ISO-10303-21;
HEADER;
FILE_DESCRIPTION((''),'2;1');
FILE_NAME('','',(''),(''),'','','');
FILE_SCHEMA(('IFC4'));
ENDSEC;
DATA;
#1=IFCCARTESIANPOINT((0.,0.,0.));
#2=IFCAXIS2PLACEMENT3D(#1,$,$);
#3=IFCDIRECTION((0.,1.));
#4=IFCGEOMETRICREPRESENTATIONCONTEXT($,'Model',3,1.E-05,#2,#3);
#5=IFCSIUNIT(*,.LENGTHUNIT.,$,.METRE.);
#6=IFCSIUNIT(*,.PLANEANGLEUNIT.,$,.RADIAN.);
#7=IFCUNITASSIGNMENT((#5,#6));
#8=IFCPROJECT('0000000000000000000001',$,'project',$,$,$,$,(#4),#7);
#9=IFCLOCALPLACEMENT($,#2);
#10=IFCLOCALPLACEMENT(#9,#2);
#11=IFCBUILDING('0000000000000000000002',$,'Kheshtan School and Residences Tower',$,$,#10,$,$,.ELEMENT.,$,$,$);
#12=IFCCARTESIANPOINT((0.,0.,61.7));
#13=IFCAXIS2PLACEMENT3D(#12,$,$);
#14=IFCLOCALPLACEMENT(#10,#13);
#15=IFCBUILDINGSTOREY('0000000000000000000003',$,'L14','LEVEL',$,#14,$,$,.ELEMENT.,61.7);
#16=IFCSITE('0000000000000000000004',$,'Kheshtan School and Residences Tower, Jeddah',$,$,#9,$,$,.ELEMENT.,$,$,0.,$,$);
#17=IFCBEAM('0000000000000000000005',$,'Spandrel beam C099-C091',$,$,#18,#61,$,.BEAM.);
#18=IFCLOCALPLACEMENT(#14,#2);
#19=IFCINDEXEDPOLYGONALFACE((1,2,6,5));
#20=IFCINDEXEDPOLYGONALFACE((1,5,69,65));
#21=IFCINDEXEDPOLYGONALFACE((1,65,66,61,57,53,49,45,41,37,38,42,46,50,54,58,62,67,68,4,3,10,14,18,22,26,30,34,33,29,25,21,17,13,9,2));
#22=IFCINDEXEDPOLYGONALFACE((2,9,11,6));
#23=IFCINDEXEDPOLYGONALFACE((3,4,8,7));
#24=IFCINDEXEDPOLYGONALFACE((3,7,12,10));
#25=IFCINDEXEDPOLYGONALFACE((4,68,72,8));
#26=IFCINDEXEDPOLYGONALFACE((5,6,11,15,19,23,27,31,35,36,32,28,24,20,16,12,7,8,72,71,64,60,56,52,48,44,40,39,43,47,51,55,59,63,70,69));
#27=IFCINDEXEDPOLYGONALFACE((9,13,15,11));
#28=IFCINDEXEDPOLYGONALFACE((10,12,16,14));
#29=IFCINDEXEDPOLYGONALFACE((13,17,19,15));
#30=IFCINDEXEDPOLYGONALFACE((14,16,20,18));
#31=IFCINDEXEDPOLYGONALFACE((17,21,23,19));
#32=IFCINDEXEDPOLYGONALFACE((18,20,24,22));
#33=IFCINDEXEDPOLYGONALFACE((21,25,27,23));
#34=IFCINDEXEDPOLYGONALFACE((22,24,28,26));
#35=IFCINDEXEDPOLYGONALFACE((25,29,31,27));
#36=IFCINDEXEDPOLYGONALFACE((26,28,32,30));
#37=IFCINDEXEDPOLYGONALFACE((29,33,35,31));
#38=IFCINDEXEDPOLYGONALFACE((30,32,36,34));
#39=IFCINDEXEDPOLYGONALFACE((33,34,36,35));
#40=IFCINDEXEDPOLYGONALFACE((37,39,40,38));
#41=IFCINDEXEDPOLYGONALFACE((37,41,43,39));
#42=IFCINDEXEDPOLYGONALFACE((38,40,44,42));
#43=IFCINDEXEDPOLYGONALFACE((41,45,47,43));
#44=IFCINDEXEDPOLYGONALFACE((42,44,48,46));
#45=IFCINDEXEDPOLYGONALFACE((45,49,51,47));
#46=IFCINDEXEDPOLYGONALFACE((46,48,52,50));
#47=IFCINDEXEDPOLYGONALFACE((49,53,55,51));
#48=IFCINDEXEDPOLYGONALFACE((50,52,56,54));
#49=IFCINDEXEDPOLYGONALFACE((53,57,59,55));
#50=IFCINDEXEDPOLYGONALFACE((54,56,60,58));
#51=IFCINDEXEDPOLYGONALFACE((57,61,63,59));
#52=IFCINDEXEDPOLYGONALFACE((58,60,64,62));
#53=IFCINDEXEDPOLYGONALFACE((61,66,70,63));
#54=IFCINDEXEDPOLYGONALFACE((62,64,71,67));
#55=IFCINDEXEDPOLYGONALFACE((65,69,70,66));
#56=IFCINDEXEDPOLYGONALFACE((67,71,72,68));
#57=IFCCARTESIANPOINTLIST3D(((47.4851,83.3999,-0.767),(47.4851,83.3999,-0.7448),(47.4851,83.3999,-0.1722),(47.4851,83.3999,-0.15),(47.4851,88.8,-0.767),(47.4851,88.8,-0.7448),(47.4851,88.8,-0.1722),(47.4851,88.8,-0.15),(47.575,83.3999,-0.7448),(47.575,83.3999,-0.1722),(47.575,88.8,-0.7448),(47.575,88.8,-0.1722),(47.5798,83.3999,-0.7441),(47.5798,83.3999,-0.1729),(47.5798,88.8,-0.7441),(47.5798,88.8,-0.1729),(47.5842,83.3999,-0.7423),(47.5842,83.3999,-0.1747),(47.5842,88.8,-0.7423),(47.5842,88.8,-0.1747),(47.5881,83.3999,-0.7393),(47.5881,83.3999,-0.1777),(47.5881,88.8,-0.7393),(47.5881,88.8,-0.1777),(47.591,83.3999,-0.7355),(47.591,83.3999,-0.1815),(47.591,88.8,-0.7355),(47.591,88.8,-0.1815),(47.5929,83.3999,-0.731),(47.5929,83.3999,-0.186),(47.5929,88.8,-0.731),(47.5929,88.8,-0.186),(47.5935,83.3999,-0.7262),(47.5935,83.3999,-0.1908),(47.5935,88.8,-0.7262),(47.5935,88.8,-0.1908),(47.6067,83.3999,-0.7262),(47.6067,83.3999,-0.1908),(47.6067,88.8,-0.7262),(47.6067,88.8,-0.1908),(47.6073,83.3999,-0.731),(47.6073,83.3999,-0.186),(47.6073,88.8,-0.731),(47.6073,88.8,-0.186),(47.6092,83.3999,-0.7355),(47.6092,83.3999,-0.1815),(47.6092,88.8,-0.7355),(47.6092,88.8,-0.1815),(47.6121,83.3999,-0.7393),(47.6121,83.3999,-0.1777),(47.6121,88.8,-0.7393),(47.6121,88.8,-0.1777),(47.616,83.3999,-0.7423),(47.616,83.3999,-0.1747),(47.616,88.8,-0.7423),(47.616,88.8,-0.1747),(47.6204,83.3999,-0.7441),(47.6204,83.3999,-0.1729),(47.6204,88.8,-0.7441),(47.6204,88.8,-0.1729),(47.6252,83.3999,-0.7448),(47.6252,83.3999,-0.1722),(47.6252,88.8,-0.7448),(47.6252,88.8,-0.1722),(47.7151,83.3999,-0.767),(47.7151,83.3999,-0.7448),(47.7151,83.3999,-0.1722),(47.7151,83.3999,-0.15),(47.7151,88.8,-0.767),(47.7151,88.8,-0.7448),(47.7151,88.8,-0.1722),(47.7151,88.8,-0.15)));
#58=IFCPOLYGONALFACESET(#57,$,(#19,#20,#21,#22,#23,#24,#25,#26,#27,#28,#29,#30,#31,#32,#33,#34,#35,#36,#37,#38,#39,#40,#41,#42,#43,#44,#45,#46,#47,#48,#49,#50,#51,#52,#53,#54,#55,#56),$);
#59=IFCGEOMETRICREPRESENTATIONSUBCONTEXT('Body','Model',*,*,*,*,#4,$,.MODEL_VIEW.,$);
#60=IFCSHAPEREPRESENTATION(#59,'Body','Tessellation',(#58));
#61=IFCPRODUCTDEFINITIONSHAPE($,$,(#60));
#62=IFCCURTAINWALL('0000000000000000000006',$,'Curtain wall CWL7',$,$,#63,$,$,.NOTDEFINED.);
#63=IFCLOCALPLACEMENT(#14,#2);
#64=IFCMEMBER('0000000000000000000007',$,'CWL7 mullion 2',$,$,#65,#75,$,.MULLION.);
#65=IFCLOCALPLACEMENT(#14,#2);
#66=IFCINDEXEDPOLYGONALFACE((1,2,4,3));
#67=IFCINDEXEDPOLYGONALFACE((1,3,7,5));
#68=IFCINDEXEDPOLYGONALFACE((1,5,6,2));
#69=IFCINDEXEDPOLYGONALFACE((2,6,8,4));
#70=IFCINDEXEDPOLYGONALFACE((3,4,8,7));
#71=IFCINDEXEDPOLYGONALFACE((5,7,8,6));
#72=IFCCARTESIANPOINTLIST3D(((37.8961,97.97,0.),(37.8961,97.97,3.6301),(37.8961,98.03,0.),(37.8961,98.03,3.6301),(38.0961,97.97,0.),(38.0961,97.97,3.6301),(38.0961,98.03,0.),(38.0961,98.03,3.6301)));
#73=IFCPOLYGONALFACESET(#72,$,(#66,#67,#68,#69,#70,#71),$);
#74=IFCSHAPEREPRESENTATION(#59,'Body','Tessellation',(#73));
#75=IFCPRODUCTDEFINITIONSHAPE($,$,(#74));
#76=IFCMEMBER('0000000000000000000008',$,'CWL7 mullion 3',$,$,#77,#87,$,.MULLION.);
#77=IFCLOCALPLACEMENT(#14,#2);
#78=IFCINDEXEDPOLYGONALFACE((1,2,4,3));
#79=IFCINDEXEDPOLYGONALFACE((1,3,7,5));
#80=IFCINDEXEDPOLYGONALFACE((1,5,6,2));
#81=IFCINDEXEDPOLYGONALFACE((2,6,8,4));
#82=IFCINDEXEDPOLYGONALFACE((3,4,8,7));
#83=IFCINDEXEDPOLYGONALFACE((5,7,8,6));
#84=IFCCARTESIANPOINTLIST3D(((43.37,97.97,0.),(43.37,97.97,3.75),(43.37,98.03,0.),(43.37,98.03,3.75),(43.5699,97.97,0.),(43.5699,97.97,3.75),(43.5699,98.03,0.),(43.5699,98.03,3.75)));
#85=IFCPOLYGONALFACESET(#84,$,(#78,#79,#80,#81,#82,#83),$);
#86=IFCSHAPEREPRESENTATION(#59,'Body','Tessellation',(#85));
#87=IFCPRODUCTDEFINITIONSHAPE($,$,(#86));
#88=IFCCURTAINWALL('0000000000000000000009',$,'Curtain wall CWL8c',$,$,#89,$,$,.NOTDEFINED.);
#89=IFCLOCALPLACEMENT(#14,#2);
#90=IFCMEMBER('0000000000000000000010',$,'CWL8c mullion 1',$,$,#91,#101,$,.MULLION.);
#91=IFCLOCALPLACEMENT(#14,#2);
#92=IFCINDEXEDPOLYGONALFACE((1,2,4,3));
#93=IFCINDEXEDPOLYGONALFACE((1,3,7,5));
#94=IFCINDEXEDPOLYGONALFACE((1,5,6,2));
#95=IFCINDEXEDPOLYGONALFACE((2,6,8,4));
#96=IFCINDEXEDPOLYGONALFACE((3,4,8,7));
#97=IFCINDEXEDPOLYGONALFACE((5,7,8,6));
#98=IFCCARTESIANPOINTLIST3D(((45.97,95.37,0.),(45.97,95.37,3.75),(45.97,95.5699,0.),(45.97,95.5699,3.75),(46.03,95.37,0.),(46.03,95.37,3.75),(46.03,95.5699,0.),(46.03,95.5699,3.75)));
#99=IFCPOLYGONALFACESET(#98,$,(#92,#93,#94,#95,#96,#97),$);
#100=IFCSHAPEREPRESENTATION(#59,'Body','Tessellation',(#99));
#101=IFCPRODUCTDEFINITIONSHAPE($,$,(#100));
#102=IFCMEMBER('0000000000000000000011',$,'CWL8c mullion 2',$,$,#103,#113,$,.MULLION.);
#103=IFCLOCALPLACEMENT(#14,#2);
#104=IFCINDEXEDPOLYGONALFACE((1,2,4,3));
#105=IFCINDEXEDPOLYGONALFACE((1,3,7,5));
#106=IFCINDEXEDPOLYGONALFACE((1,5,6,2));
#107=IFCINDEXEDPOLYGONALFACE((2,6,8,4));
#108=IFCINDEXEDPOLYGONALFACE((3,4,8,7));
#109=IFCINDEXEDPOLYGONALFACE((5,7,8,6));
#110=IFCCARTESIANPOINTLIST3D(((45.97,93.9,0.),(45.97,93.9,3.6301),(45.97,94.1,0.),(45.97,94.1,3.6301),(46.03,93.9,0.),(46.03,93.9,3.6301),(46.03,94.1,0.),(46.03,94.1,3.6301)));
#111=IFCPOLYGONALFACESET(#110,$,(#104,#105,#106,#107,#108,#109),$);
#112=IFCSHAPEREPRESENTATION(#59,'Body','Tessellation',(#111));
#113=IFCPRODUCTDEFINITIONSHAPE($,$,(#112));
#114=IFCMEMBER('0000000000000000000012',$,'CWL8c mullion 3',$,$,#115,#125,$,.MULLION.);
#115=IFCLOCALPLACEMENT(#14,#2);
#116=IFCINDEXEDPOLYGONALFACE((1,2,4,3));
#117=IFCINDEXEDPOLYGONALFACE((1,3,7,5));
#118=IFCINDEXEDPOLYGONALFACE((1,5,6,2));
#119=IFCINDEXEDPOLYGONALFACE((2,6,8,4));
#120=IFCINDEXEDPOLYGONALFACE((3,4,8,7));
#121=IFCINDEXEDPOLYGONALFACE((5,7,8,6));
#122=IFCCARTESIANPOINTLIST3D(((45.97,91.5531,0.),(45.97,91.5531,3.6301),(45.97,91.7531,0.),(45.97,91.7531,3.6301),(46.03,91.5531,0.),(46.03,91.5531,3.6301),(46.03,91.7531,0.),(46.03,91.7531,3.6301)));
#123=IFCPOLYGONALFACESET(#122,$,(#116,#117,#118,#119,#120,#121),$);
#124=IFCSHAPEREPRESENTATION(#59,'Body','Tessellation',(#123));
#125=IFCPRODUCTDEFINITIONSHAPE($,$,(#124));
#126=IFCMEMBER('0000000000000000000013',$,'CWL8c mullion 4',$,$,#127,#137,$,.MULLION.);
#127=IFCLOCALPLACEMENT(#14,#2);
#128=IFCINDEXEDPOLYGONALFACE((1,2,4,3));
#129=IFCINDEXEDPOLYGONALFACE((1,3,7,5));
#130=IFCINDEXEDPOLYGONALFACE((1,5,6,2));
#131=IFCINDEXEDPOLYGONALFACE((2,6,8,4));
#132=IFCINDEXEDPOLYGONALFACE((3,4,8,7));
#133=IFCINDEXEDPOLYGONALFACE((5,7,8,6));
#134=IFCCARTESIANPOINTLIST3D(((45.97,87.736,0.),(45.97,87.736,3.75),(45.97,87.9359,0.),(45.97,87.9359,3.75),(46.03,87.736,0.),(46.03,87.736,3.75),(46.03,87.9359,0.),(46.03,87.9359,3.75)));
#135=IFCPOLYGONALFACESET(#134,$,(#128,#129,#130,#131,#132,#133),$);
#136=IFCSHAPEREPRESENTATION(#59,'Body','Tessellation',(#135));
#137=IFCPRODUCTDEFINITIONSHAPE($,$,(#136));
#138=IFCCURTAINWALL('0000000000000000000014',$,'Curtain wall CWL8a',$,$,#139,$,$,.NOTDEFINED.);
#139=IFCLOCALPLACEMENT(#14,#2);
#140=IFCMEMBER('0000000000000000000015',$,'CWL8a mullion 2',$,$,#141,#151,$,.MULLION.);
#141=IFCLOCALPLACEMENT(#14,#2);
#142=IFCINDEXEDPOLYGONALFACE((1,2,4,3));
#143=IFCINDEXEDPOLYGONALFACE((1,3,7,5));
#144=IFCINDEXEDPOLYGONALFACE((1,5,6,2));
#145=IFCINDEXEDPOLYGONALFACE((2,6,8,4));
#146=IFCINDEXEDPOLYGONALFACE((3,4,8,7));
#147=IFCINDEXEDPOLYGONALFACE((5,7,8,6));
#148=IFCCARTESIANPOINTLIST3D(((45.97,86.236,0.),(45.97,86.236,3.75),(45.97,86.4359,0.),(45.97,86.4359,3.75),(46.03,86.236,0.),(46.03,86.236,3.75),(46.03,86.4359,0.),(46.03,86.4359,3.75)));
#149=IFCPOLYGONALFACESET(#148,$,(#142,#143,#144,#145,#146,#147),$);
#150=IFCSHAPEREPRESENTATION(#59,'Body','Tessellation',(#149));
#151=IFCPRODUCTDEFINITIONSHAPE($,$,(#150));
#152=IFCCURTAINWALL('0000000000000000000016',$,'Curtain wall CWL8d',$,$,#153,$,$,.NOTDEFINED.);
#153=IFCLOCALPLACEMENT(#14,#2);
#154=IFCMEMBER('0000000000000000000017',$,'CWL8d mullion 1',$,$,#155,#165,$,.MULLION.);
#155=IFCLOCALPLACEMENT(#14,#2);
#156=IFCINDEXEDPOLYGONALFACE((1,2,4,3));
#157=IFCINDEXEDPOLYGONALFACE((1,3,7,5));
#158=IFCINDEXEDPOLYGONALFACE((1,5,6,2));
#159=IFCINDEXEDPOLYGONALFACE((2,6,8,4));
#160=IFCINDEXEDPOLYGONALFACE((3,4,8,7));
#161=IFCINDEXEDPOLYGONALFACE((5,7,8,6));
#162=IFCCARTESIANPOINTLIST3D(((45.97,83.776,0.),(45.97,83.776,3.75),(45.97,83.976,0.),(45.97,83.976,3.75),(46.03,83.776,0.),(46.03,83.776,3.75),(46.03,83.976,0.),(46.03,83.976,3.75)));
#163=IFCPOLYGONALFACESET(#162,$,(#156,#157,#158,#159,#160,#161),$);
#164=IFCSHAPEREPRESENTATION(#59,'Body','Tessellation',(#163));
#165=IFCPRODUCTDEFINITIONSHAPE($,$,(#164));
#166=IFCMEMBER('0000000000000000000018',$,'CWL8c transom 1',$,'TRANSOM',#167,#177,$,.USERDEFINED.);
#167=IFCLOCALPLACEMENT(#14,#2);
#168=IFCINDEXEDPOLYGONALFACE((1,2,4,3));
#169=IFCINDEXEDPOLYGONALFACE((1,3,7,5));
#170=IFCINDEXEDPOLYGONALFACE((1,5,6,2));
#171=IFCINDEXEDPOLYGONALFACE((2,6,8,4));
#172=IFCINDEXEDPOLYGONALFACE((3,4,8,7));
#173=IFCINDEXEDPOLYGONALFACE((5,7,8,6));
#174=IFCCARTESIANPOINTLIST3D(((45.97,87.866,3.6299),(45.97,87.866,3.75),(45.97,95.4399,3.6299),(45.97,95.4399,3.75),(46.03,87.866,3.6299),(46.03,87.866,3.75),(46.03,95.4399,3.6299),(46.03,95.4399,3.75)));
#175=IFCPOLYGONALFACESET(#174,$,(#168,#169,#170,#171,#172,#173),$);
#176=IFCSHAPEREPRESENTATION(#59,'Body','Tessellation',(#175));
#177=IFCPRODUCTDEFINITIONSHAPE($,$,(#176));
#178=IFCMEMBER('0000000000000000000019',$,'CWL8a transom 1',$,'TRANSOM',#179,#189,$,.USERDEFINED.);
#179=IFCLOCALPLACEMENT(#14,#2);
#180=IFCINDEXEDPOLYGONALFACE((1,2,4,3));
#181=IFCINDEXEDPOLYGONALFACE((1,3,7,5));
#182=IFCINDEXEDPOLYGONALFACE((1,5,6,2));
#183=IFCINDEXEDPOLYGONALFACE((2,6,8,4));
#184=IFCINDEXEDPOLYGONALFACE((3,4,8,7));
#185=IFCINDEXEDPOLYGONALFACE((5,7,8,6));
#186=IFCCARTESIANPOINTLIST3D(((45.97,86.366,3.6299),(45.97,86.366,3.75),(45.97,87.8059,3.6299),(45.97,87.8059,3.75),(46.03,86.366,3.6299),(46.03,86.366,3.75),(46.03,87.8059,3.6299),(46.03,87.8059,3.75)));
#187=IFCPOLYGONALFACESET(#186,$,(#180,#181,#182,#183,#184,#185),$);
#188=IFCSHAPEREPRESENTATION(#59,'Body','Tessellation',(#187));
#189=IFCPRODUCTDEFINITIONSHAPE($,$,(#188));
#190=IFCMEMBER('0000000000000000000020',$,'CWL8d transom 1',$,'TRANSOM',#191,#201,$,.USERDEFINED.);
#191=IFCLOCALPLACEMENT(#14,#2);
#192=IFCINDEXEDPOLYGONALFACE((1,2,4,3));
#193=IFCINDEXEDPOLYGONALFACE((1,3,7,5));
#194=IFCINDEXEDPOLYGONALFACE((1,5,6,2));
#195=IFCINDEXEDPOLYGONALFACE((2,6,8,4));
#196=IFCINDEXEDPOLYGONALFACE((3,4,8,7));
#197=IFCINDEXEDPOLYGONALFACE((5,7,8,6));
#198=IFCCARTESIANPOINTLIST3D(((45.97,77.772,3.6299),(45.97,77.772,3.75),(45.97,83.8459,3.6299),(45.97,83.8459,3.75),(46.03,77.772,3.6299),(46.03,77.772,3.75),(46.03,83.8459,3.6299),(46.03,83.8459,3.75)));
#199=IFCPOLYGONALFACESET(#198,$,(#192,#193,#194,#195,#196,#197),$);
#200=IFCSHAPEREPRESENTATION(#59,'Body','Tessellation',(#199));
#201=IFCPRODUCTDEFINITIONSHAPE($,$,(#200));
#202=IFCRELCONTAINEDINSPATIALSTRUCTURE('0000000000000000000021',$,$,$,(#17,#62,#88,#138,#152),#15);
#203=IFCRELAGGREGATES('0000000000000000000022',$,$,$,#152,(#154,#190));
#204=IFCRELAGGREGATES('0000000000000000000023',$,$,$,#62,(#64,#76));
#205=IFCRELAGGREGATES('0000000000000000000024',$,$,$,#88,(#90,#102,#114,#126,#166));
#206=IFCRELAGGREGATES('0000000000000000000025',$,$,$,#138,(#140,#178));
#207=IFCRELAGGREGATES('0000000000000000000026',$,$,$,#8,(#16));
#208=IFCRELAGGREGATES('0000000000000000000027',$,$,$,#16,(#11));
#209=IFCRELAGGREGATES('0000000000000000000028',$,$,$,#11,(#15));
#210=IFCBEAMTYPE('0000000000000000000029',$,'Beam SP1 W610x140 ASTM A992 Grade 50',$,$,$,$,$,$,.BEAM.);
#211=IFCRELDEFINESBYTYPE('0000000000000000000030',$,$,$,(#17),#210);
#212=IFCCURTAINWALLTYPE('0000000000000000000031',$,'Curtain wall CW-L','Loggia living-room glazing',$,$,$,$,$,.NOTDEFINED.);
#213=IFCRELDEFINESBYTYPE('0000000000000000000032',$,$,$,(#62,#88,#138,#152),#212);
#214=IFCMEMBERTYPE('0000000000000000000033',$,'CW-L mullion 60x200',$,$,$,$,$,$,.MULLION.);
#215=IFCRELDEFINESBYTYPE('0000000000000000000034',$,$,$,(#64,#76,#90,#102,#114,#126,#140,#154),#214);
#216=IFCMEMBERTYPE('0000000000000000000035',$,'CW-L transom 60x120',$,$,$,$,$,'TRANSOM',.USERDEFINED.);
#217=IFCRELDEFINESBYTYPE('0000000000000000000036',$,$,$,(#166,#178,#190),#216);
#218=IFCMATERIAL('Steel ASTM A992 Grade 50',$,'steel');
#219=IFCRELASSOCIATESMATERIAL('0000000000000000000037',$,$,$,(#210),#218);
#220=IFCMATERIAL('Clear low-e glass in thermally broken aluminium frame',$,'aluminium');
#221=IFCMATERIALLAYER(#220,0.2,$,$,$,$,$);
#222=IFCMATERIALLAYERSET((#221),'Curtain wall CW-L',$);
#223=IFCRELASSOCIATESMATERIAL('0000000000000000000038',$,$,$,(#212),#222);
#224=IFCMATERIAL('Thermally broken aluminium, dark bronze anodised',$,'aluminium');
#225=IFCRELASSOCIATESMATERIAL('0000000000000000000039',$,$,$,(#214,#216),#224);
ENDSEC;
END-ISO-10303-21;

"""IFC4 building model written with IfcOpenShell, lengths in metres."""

from ifc_helpers import new_model, si_unit, direction, frame, origin, origin_2d, place, context, subcontext, project, spatial, rectangle, i_section, extrude, material, layer, layer_set, material_profile, profile_set, type_object, element, aggregate, save


model = new_model("IFC4")

# Units and contexts
model_context = context("Model", 3, precision=1e-05, world=origin(), true_north=direction((0.0, 1.0)))
body_context = subcontext(model_context, "Body", "Model", "MODEL_VIEW")
ifc_project = project(units=[si_unit("LENGTHUNIT", "METRE"), si_unit("PLANEANGLEUNIT", "RADIAN")], contexts=[model_context])

# Site, building, storey
site_placement = place(None, origin())
site = spatial("IfcSite", under=ifc_project, at=site_placement, Name="Kheshtan School and Residences Tower, Jeddah", CompositionType="ELEMENT", RefElevation=0.0)
building_placement = place(site_placement, origin())
building = spatial("IfcBuilding", under=site, at=building_placement, Name="Kheshtan School and Residences Tower", CompositionType="ELEMENT")
storey_placement = place(building_placement, frame((0.0, 0.0, 61.7)))
storey = spatial("IfcBuildingStorey", under=building, at=storey_placement, Name="L14", Description="LEVEL", CompositionType="ELEMENT", Elevation=61.7)

# Shared definitions
ifc_material_1 = material(Name="Steel ASTM A992 Grade 50", Category="steel")

# Beam
ifc_material_profile_1 = material_profile(ifc_material_1, i_section(OverallWidth=0.23, OverallDepth=0.6169, WebThickness=0.0132, FlangeThickness=0.0222, FilletRadius=0.0186, at=origin_2d()), Name="W610x140")
ifc_profile_set_1 = profile_set([ifc_material_profile_1], Name="Steel ASTM A992 Grade 50")
beam_type_1 = type_object("IfcBeamType", Name="Beam SP1 W610x140 ASTM A992 Grade 50", PredefinedType="BEAM", material=ifc_profile_set_1)
beam_1_placement = place(storey_placement, frame((47.6001, 88.8, -0.4585), z_axis=(0.0, -1.0, 0.0), x_axis=(1.0, 0.0, 0.0)))
element("IfcBeam", 1, at=beam_1_placement, inside=storey, type_object=beam_type_1, Name="Spandrel beam C099-C091", PredefinedType="BEAM", context=body_context, shape_type="SweptSolid", body=[
    extrude(i_section(OverallWidth=0.23, OverallDepth=0.6169, WebThickness=0.0132, FlangeThickness=0.0222, FilletRadius=0.0186, at=origin_2d()), origin(), (0.0, 0.0, 1.0), 5.4001),
])

# Curtain walls, members
ifc_material_2 = material(Name="Clear low-e glass in thermally broken aluminium frame", Category="aluminium")
ifc_layer_1 = layer(ifc_material_2, 0.2)
ifc_layer_set_1 = layer_set([ifc_layer_1], Name="Curtain wall CW-L")
curtain_wall_type = type_object("IfcCurtainWallType", Name="Curtain wall CW-L", Description="Loggia living-room glazing", PredefinedType="NOTDEFINED", material=ifc_layer_set_1)
curtain_wall_1_placement = place(storey_placement, origin())
curtain_wall_1 = element("IfcCurtainWall", 2, at=curtain_wall_1_placement, inside=storey, type_object=curtain_wall_type, Name="Curtain wall CWL7", PredefinedType="NOTDEFINED")
ifc_material_3 = material(Name="Thermally broken aluminium, dark bronze anodised", Category="aluminium")
ifc_material_profile_2 = material_profile(ifc_material_3, rectangle(XDim=0.0601, YDim=0.2, at=origin_2d()), Name="CW-L mullion 60x200")
ifc_profile_set_2 = profile_set([ifc_material_profile_2], Name="Thermally broken aluminium, dark bronze anodised")
member_type_1 = type_object("IfcMemberType", Name="CW-L mullion 60x200", PredefinedType="MULLION", material=ifc_profile_set_2)
member_1_placement = place(storey_placement, frame((37.9961, 98.0, 0.0), z_axis=(0.0, 0.0, 1.0), x_axis=(0.0, 1.0, 0.0)))
member_1 = element("IfcMember", 3, at=member_1_placement, type_object=member_type_1, Name="CWL7 mullion 2", PredefinedType="MULLION", context=body_context, shape_type="SweptSolid", body=[
    extrude(rectangle(XDim=0.0601, YDim=0.2, at=origin_2d()), origin(), (0.0, 0.0, 1.0), 3.6301),
])
member_2_placement = place(storey_placement, frame((43.47, 98.0, 0.0), z_axis=(0.0, 0.0, 1.0), x_axis=(0.0, 1.0, 0.0)))
member_2 = element("IfcMember", 4, at=member_2_placement, type_object=member_type_1, Name="CWL7 mullion 3", PredefinedType="MULLION", context=body_context, shape_type="SweptSolid", body=[
    extrude(rectangle(XDim=0.0601, YDim=0.2, at=origin_2d()), origin(), (0.0, 0.0, 1.0), 3.75),
])
curtain_wall_2_placement = place(storey_placement, origin())
curtain_wall_2 = element("IfcCurtainWall", 5, at=curtain_wall_2_placement, inside=storey, type_object=curtain_wall_type, Name="Curtain wall CWL8c", PredefinedType="NOTDEFINED")
member_3_placement = place(storey_placement, frame((46.0, 95.47, 0.0), z_axis=(0.0, 0.0, 1.0), x_axis=(1.0, 0.0, 0.0)))
member_3 = element("IfcMember", 6, at=member_3_placement, type_object=member_type_1, Name="CWL8c mullion 1", PredefinedType="MULLION", context=body_context, shape_type="SweptSolid", body=[
    extrude(rectangle(XDim=0.0601, YDim=0.2, at=origin_2d()), origin(), (0.0, 0.0, 1.0), 3.75),
])
member_4_placement = place(storey_placement, frame((46.0, 94.0, 0.0), z_axis=(0.0, 0.0, 1.0), x_axis=(1.0, 0.0, 0.0)))
member_4 = element("IfcMember", 7, at=member_4_placement, type_object=member_type_1, Name="CWL8c mullion 2", PredefinedType="MULLION", context=body_context, shape_type="SweptSolid", body=[
    extrude(rectangle(XDim=0.0601, YDim=0.2, at=origin_2d()), origin(), (0.0, 0.0, 1.0), 3.6301),
])
member_5_placement = place(storey_placement, frame((46.0, 91.6531, 0.0), z_axis=(0.0, 0.0, 1.0), x_axis=(1.0, 0.0, 0.0)))
member_5 = element("IfcMember", 8, at=member_5_placement, type_object=member_type_1, Name="CWL8c mullion 3", PredefinedType="MULLION", context=body_context, shape_type="SweptSolid", body=[
    extrude(rectangle(XDim=0.0601, YDim=0.2, at=origin_2d()), origin(), (0.0, 0.0, 1.0), 3.6301),
])
member_6_placement = place(storey_placement, frame((46.0, 87.8359, 0.0), z_axis=(0.0, 0.0, 1.0), x_axis=(1.0, 0.0, 0.0)))
member_6 = element("IfcMember", 9, at=member_6_placement, type_object=member_type_1, Name="CWL8c mullion 4", PredefinedType="MULLION", context=body_context, shape_type="SweptSolid", body=[
    extrude(rectangle(XDim=0.0601, YDim=0.2, at=origin_2d()), origin(), (0.0, 0.0, 1.0), 3.75),
])

# Curtain walls, members
curtain_wall_3_placement = place(storey_placement, origin())
curtain_wall_3 = element("IfcCurtainWall", 10, at=curtain_wall_3_placement, inside=storey, type_object=curtain_wall_type, Name="Curtain wall CWL8a", PredefinedType="NOTDEFINED")
member_7_placement = place(storey_placement, frame((46.0, 86.3359, 0.0), z_axis=(0.0, 0.0, 1.0), x_axis=(1.0, 0.0, 0.0)))
member_7 = element("IfcMember", 11, at=member_7_placement, type_object=member_type_1, Name="CWL8a mullion 2", PredefinedType="MULLION", context=body_context, shape_type="SweptSolid", body=[
    extrude(rectangle(XDim=0.0601, YDim=0.2, at=origin_2d()), origin(), (0.0, 0.0, 1.0), 3.75),
])
curtain_wall_4_placement = place(storey_placement, origin())
curtain_wall_4 = element("IfcCurtainWall", 12, at=curtain_wall_4_placement, inside=storey, type_object=curtain_wall_type, Name="Curtain wall CWL8d", PredefinedType="NOTDEFINED")
member_8_placement = place(storey_placement, frame((46.0, 83.876, 0.0), z_axis=(0.0, 0.0, 1.0), x_axis=(1.0, 0.0, 0.0)))
member_8 = element("IfcMember", 13, at=member_8_placement, type_object=member_type_1, Name="CWL8d mullion 1", PredefinedType="MULLION", context=body_context, shape_type="SweptSolid", body=[
    extrude(rectangle(XDim=0.0601, YDim=0.2, at=origin_2d()), origin(), (0.0, 0.0, 1.0), 3.75),
])

# Members
ifc_material_profile_3 = material_profile(ifc_material_3, rectangle(XDim=0.0601, YDim=0.1201, at=origin_2d()), Name="CW-L transom 60x120")
ifc_profile_set_3 = profile_set([ifc_material_profile_3], Name="Thermally broken aluminium, dark bronze anodised")
member_type_2 = type_object("IfcMemberType", Name="CW-L transom 60x120", ElementType="TRANSOM", PredefinedType="USERDEFINED", material=ifc_profile_set_3)
member_9_placement = place(storey_placement, frame((46.0, 95.4399, 3.6899), z_axis=(0.0, -1.0, 0.0), x_axis=(1.0, 0.0, 0.0)))
member_9 = element("IfcMember", 14, at=member_9_placement, type_object=member_type_2, Name="CWL8c transom 1", ObjectType="TRANSOM", PredefinedType="USERDEFINED", context=body_context, shape_type="SweptSolid", body=[
    extrude(rectangle(XDim=0.0601, YDim=0.1201, at=origin_2d()), origin(), (0.0, 0.0, 1.0), 7.574),
])
member_10_placement = place(storey_placement, frame((46.0, 87.8059, 3.6899), z_axis=(0.0, -1.0, 0.0), x_axis=(1.0, 0.0, 0.0)))
member_10 = element("IfcMember", 15, at=member_10_placement, type_object=member_type_2, Name="CWL8a transom 1", ObjectType="TRANSOM", PredefinedType="USERDEFINED", context=body_context, shape_type="SweptSolid", body=[
    extrude(rectangle(XDim=0.0601, YDim=0.1201, at=origin_2d()), origin(), (0.0, 0.0, 1.0), 1.4399),
])
member_11_placement = place(storey_placement, frame((46.0, 83.8459, 3.6899), z_axis=(0.0, -1.0, 0.0), x_axis=(1.0, 0.0, 0.0)))
member_11 = element("IfcMember", 16, at=member_11_placement, type_object=member_type_2, Name="CWL8d transom 1", ObjectType="TRANSOM", PredefinedType="USERDEFINED", context=body_context, shape_type="SweptSolid", body=[
    extrude(rectangle(XDim=0.0601, YDim=0.1201, at=origin_2d()), origin(), (0.0, 0.0, 1.0), 6.074),
])
aggregate(curtain_wall_4, [member_8, member_11])

aggregate(curtain_wall_1, [member_1, member_2])
aggregate(curtain_wall_2, [member_3, member_4, member_5, member_6, member_9])
aggregate(curtain_wall_3, [member_7, member_10])

save(model, "model.ifc")
